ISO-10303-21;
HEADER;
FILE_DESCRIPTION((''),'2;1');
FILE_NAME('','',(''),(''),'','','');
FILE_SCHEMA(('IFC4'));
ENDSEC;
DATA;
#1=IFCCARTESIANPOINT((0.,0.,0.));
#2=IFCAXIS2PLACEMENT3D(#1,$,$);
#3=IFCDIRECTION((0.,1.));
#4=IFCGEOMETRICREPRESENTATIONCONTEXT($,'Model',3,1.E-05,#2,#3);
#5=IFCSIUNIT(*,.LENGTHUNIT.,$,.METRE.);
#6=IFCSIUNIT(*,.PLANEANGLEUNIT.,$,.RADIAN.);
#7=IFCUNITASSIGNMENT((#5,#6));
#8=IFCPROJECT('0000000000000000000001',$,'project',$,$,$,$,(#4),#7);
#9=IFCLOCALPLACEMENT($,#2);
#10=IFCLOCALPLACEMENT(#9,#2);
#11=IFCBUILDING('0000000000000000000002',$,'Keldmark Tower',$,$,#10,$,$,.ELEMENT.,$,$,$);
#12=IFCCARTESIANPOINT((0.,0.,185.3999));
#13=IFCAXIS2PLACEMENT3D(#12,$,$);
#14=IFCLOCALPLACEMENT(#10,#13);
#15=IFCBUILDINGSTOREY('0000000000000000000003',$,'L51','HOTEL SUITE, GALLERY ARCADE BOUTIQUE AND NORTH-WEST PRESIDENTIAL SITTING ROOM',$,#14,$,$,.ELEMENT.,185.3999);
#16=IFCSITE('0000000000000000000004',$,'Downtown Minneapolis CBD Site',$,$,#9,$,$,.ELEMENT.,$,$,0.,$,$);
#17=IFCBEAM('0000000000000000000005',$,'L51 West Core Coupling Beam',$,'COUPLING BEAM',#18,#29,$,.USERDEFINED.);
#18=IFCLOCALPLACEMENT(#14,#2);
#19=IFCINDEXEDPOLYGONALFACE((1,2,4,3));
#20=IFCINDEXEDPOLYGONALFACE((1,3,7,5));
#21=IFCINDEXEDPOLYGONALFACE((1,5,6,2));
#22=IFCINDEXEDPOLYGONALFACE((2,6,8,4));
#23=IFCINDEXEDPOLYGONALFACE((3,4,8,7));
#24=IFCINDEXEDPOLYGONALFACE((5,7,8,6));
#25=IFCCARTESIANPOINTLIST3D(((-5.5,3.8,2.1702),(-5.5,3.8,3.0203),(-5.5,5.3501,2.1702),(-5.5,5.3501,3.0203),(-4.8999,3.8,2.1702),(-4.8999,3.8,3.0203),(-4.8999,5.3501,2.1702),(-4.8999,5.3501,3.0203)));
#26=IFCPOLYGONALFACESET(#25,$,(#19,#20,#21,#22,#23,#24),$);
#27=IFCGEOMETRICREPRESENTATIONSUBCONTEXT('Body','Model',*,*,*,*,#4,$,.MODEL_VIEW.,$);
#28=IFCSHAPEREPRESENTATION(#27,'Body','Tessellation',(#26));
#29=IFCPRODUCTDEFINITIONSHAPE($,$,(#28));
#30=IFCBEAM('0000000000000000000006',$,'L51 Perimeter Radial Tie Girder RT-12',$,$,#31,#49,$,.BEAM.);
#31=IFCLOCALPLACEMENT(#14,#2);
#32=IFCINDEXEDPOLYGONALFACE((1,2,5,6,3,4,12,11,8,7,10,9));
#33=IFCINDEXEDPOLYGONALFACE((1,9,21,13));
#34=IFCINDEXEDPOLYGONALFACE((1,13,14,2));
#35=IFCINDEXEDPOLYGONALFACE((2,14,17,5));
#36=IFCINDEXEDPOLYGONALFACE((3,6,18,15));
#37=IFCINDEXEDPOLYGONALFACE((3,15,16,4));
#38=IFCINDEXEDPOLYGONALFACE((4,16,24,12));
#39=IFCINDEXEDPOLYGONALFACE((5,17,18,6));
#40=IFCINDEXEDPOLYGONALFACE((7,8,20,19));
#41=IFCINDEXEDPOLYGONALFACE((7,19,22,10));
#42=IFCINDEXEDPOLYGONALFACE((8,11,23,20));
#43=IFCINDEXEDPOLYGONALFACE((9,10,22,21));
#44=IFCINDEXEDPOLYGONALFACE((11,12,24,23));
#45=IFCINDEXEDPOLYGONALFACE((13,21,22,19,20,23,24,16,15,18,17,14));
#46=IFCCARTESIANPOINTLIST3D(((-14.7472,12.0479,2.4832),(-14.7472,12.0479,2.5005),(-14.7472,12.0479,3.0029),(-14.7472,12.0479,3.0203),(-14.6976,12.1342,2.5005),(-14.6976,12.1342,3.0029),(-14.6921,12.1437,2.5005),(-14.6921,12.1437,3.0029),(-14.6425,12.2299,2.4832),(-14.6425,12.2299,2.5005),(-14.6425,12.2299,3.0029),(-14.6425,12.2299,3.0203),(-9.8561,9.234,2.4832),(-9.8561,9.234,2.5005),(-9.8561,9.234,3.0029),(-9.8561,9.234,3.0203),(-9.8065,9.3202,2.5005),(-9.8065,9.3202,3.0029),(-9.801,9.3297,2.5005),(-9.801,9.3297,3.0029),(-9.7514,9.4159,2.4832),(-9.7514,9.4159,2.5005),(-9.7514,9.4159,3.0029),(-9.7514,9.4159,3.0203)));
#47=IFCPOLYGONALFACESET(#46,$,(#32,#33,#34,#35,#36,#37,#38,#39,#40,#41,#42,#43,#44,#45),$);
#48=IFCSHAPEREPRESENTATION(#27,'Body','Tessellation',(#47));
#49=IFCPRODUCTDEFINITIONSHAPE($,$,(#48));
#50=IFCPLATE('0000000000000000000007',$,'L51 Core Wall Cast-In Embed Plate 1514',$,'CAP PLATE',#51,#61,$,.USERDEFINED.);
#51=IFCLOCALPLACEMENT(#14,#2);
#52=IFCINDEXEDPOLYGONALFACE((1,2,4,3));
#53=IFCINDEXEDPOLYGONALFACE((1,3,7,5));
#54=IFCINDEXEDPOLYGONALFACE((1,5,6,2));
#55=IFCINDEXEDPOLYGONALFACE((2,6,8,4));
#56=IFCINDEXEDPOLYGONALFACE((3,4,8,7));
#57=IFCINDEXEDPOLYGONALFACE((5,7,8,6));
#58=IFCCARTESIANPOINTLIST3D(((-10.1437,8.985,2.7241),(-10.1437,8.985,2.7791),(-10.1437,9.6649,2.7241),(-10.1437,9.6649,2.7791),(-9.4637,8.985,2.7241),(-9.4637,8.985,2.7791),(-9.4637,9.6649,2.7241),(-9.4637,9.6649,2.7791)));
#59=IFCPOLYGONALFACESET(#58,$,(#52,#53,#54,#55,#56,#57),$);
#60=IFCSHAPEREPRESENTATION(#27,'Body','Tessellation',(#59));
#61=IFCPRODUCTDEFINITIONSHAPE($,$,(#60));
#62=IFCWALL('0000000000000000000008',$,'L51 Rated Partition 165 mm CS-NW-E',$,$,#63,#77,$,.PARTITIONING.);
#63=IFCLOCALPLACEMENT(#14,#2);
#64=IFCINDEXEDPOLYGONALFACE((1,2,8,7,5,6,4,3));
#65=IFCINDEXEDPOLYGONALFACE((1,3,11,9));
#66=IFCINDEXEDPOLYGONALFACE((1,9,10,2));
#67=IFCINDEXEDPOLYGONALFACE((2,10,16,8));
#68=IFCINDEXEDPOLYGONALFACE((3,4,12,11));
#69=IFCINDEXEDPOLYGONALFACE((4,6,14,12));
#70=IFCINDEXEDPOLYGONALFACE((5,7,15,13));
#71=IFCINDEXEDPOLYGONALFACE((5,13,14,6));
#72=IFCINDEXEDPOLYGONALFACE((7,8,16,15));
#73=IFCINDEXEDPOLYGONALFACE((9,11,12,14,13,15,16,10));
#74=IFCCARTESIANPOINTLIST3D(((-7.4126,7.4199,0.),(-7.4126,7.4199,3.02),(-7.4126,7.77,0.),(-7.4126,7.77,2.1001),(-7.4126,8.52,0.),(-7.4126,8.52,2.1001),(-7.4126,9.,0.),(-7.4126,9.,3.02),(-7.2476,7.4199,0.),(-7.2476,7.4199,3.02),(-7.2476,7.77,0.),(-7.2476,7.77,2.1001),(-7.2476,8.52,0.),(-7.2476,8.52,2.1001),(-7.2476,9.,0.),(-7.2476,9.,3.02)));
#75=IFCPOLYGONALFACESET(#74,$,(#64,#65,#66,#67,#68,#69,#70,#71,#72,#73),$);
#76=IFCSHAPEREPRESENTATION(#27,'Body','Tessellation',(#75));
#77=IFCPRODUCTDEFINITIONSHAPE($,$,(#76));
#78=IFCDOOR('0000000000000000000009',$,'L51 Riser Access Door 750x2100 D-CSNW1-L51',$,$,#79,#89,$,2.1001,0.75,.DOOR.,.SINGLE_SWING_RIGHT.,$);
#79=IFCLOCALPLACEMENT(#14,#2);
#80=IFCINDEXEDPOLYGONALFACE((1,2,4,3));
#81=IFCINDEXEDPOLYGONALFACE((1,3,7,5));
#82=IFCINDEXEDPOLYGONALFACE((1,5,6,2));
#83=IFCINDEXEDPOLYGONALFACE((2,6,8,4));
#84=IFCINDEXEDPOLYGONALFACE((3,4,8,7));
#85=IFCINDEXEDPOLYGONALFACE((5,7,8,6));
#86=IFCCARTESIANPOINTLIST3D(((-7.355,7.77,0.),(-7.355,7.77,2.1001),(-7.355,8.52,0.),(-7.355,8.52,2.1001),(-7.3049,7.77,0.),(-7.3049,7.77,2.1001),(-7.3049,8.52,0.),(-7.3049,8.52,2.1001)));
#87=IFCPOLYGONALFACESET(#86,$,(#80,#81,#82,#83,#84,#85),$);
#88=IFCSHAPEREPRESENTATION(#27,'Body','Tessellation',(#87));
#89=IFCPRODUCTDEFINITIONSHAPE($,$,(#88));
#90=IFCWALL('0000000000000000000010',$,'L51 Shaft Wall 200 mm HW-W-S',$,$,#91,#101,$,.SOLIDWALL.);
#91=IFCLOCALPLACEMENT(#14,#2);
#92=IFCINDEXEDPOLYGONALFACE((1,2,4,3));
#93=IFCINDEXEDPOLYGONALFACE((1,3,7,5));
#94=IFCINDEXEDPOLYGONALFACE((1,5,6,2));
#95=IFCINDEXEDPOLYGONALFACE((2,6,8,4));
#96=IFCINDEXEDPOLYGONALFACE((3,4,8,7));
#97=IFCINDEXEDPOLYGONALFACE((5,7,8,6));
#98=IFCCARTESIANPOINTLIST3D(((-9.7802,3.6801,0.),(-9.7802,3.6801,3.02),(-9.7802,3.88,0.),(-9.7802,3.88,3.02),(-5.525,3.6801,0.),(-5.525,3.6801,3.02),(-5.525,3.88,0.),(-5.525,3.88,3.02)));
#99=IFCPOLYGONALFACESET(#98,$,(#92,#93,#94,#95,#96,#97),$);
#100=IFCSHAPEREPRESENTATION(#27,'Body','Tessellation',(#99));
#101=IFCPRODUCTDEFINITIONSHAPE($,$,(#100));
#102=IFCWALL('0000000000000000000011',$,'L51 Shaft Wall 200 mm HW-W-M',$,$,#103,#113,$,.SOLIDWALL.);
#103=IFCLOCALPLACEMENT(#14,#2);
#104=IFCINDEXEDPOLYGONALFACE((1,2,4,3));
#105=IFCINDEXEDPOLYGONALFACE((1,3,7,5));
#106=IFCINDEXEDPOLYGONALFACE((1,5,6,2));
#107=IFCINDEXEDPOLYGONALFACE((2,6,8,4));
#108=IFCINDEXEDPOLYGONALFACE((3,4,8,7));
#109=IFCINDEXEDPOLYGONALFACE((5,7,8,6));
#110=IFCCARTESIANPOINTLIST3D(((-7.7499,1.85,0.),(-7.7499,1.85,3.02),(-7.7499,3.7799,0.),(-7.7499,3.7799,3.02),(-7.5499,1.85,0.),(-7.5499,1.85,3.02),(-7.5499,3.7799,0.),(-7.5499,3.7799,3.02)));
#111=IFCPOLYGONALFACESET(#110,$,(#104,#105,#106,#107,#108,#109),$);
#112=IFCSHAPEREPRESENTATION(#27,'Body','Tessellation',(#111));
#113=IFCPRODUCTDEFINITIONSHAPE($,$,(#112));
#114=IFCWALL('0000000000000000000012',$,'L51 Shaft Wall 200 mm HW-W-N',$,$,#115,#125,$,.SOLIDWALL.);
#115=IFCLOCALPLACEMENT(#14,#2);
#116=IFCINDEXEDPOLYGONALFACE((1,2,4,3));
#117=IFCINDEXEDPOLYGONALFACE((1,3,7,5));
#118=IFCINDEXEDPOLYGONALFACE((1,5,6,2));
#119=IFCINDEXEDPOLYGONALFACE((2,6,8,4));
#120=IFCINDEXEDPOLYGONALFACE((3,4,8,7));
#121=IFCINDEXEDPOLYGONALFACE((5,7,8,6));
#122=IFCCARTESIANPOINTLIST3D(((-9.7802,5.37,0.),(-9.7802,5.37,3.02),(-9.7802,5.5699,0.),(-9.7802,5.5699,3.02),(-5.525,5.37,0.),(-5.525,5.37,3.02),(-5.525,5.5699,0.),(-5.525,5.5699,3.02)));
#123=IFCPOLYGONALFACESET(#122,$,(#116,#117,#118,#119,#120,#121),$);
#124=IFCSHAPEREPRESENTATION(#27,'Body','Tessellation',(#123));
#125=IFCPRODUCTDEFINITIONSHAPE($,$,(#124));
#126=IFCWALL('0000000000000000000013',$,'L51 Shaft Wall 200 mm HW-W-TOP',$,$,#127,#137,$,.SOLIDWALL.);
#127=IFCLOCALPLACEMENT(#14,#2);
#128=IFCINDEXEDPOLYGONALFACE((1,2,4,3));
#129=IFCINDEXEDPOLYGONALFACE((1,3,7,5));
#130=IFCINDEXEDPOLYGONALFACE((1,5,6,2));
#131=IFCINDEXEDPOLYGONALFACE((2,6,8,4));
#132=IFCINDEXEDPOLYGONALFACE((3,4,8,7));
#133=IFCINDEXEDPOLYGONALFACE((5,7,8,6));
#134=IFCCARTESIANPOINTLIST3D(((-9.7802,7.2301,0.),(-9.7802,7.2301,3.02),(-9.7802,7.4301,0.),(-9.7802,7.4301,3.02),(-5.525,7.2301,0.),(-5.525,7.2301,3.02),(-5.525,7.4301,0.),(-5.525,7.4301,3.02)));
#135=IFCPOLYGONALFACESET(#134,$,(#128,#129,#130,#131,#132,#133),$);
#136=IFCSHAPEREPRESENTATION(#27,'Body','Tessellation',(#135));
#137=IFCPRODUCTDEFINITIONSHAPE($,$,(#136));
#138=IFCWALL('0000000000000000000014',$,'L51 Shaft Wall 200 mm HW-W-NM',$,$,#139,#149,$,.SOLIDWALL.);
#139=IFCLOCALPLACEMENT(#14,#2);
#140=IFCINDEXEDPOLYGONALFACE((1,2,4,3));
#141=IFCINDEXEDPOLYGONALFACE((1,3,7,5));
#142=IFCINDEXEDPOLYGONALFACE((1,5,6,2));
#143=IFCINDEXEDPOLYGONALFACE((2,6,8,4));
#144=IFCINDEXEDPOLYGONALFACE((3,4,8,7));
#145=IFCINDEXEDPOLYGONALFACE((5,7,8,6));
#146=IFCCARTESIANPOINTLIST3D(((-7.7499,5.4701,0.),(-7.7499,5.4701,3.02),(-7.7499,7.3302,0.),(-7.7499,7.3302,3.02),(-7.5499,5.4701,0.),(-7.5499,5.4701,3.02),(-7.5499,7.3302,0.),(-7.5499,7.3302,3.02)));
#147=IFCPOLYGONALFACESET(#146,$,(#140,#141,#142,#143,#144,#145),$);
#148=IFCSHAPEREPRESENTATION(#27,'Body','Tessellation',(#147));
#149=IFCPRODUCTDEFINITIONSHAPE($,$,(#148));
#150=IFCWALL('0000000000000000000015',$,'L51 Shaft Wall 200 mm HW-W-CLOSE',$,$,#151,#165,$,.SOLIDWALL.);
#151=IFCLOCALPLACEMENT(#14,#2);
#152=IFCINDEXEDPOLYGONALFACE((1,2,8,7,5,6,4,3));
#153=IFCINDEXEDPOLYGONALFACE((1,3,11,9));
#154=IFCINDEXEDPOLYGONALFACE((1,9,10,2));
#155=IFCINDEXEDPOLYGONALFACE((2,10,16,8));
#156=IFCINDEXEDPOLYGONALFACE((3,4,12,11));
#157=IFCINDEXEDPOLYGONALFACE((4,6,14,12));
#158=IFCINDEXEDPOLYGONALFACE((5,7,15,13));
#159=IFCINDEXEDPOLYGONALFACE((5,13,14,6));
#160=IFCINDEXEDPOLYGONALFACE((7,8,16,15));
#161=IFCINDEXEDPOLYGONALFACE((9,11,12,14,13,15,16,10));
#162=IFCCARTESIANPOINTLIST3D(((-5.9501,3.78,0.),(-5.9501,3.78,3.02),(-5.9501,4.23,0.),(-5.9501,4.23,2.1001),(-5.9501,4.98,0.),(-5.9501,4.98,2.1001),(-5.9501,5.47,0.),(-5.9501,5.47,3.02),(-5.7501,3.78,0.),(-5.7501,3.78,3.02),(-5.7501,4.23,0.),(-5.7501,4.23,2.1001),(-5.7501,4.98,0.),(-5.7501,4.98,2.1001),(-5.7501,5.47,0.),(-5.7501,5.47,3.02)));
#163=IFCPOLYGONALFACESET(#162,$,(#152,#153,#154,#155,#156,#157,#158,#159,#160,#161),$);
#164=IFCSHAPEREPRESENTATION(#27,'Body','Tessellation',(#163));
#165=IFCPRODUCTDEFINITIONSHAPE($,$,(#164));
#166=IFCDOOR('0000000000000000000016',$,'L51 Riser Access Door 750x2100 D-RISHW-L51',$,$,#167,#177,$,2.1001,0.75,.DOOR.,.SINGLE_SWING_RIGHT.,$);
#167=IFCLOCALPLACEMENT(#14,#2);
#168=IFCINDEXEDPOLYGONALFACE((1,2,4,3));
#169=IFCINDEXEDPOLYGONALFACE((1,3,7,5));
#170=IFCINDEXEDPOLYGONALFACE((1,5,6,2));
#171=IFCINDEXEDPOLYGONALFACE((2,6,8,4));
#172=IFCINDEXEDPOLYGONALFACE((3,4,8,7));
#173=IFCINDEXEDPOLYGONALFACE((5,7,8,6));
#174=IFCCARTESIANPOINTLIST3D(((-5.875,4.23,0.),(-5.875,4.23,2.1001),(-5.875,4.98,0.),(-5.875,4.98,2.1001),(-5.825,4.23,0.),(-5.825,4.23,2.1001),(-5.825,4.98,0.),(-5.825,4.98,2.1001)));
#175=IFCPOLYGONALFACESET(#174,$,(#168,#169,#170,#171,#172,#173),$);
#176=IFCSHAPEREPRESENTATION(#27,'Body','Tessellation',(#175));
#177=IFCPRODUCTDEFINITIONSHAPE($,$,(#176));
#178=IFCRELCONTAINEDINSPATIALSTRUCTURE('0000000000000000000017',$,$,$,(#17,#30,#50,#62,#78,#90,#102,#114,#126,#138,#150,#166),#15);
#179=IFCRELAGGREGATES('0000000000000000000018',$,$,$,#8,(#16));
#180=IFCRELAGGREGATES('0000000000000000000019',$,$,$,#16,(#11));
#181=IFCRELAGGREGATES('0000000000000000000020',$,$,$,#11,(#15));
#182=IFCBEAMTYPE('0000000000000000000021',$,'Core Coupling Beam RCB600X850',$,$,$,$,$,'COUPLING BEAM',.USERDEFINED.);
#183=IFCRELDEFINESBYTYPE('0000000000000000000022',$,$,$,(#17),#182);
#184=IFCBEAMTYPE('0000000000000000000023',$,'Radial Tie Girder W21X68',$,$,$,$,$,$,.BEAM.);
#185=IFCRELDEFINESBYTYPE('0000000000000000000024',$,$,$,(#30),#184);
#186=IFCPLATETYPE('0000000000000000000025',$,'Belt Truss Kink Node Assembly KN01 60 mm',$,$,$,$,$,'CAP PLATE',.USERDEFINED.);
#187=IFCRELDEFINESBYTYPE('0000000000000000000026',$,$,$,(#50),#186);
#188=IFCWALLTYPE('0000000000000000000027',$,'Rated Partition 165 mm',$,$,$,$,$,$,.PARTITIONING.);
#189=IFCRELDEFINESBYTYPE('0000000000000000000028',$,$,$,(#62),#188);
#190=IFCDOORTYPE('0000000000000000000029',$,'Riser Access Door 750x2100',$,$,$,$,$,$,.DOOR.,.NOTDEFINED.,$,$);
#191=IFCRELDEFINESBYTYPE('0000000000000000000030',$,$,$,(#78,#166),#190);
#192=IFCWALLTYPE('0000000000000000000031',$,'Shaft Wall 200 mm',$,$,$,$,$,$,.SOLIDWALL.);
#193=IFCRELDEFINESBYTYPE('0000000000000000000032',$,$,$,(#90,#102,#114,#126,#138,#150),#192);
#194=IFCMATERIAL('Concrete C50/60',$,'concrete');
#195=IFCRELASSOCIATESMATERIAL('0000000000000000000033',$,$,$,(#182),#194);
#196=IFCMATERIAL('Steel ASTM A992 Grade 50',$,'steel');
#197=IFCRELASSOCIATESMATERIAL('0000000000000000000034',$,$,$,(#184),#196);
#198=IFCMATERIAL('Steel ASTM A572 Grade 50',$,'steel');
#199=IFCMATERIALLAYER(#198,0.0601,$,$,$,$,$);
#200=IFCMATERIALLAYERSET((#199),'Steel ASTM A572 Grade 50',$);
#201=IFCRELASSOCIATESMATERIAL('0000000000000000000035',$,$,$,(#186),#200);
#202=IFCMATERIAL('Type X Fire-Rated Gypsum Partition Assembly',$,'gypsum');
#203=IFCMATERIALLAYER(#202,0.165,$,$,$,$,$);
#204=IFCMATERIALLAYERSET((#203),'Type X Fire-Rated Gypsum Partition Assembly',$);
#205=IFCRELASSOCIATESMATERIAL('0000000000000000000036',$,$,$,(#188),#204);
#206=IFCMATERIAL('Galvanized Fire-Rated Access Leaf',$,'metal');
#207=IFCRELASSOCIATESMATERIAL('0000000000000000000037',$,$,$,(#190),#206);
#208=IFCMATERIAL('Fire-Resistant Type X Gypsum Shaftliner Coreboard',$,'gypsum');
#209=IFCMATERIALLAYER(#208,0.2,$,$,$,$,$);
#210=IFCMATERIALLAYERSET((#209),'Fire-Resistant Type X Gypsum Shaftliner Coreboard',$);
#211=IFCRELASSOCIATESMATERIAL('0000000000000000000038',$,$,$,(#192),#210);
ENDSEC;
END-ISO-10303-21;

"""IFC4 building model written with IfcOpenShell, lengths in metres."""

from ifc_helpers import new_model, si_unit, direction, frame, frame_2d, origin, origin_2d, place, context, subcontext, project, spatial, rectangle, i_section, extrude, material, layer, layer_set, material_profile, profile_set, type_object, element, fill, save


model = new_model("IFC4")

# Units and contexts
model_context = context("Model", 3, precision=1e-05, world=origin(), true_north=direction((0.0, 1.0)))
body_context = subcontext(model_context, "Body", "Model", "MODEL_VIEW")
ifc_project = project(units=[si_unit("LENGTHUNIT", "METRE"), si_unit("PLANEANGLEUNIT", "RADIAN")], contexts=[model_context])

# Site, building, storey
site_placement = place(None, origin())
site = spatial("IfcSite", under=ifc_project, at=site_placement, Name="Downtown Minneapolis CBD Site", CompositionType="ELEMENT", RefElevation=0.0)
building_placement = place(site_placement, origin())
building = spatial("IfcBuilding", under=site, at=building_placement, Name="Keldmark Tower", CompositionType="ELEMENT")
storey_placement = place(building_placement, frame((0.0, 0.0, 185.3999)))
storey = spatial("IfcBuildingStorey", under=building, at=storey_placement, Name="L51", Description="HOTEL SUITE, GALLERY ARCADE BOUTIQUE AND NORTH-WEST PRESIDENTIAL SITTING ROOM", CompositionType="ELEMENT", Elevation=185.3999)

# Beams
ifc_material_1 = material(Name="Concrete C50/60", Category="concrete")
ifc_material_profile_1 = material_profile(ifc_material_1, rectangle(XDim=0.6001, YDim=0.8501, at=origin_2d()), Name="RCB600X850")
ifc_profile_set_1 = profile_set([ifc_material_profile_1], Name="Concrete C50/60")
beam_type_1 = type_object("IfcBeamType", Name="Core Coupling Beam RCB600X850", ElementType="COUPLING BEAM", PredefinedType="USERDEFINED", material=ifc_profile_set_1)
beam_1_placement = place(storey_placement, frame((-5.2, 3.8, 2.5952), z_axis=(0.0, 1.0, 0.0), x_axis=(-1.0, 0.0, 0.0)))
element("IfcBeam", 1, at=beam_1_placement, inside=storey, type_object=beam_type_1, Name="L51 West Core Coupling Beam", ObjectType="COUPLING BEAM", PredefinedType="USERDEFINED", context=body_context, shape_type="SweptSolid", body=[
    extrude(rectangle(XDim=0.6001, YDim=0.8501, at=origin_2d()), origin(), (0.0, 0.0, 1.0), 1.55),
])
ifc_material_2 = material(Name="Steel ASTM A992 Grade 50", Category="steel")
ifc_material_profile_2 = material_profile(ifc_material_2, i_section(OverallWidth=0.21, OverallDepth=0.5371, WebThickness=0.011, FlangeThickness=0.0173, at=origin_2d()), Name="W21X68")
ifc_profile_set_2 = profile_set([ifc_material_profile_2], Name="Steel ASTM A992 Grade 50")
beam_type_2 = type_object("IfcBeamType", Name="Radial Tie Girder W21X68", PredefinedType="BEAM", material=ifc_profile_set_2)
beam_2_placement = place(storey_placement, frame((-9.8037, 9.325, 2.7517), z_axis=(-0.866786, 0.498681, 0.0), x_axis=(-0.498681, -0.866786, 0.0)))
element("IfcBeam", 2, at=beam_2_placement, inside=storey, type_object=beam_type_2, Name="L51 Perimeter Radial Tie Girder RT-12", PredefinedType="BEAM", context=body_context, shape_type="SweptSolid", body=[
    extrude(i_section(OverallWidth=0.21, OverallDepth=0.5371, WebThickness=0.011, FlangeThickness=0.0173, at=origin_2d()), origin(), (0.0, 0.0, 1.0), 5.6428),
])

# Plate
ifc_material_3 = material(Name="Steel ASTM A572 Grade 50", Category="steel")
ifc_layer_1 = layer(ifc_material_3, 0.0601)
ifc_layer_set_1 = layer_set([ifc_layer_1], Name="Steel ASTM A572 Grade 50")
plate_type = type_object("IfcPlateType", Name="Belt Truss Kink Node Assembly KN01 60 mm", ElementType="CAP PLATE", PredefinedType="USERDEFINED", material=ifc_layer_set_1)
plate_placement = place(storey_placement, frame((-9.8037, 9.325, 2.7241), z_axis=(0.0, 0.0, 1.0), x_axis=(1.0, 0.0, 0.0)))
element("IfcPlate", 3, at=plate_placement, inside=storey, type_object=plate_type, Name="L51 Core Wall Cast-In Embed Plate 1514", ObjectType="CAP PLATE", PredefinedType="USERDEFINED", context=body_context, shape_type="SweptSolid", body=[
    extrude(rectangle(XDim=0.6799, YDim=0.6799, at=origin_2d()), origin(), (0.0, 0.0, 1.0), 0.0549),
])

# Wall, opening, door
ifc_material_4 = material(Name="Type X Fire-Rated Gypsum Partition Assembly", Category="gypsum")
ifc_layer_2 = layer(ifc_material_4, 0.165)
ifc_layer_set_2 = layer_set([ifc_layer_2], Name="Type X Fire-Rated Gypsum Partition Assembly")
wall_type_1 = type_object("IfcWallType", Name="Rated Partition 165 mm", PredefinedType="PARTITIONING", material=ifc_layer_set_2)
wall_1_placement = place(storey_placement, frame((-7.3301, 7.4199, 0.0), z_axis=(0.0, 0.0, 1.0), x_axis=(0.0, 1.0, 0.0)))
wall_1 = element("IfcWall", 4, at=wall_1_placement, inside=storey, type_object=wall_type_1, Name="L51 Rated Partition 165 mm CS-NW-E", PredefinedType="PARTITIONING", context=body_context, shape_type="SweptSolid", body=[
    extrude(rectangle(XDim=1.5801, YDim=0.165, at=frame_2d((0.79, 0.0))), origin(), (0.0, 0.0, 1.0), 3.02),
])
opening_1_placement = place(wall_1_placement, frame((0.3501, 0.0, 0.0)))
opening_1 = element("IfcOpeningElement", 5, at=opening_1_placement, cuts=wall_1, PredefinedType="OPENING", context=body_context, shape_type="SweptSolid", body=[
    extrude(rectangle(XDim=0.75, YDim=2.1001, at=frame_2d((0.375, 1.05))), frame((0.0, 0.0925, 0.0), z_axis=(0.0, -1.0, 0.0), x_axis=(1.0, 0.0, 0.0)), (0.0, 0.0, 1.0), 0.1851),
])
ifc_material_5 = material(Name="Galvanized Fire-Rated Access Leaf", Category="metal")
door_type = type_object("IfcDoorType", Name="Riser Access Door 750x2100", OperationType="NOTDEFINED", PredefinedType="DOOR", material=ifc_material_5)
door_1_placement = place(opening_1_placement, origin())
door_1 = element("IfcDoor", 6, at=door_1_placement, inside=storey, type_object=door_type, Name="L51 Riser Access Door 750x2100 D-CSNW1-L51", OperationType="SINGLE_SWING_RIGHT", OverallHeight=2.1001, OverallWidth=0.75, PredefinedType="DOOR", context=body_context, shape_type="SweptSolid", body=[
    extrude(rectangle(XDim=0.75, YDim=2.1001, at=frame_2d((0.375, 1.05))), frame((0.0, 0.0249, 0.0), z_axis=(0.0, -1.0, 0.0), x_axis=(1.0, 0.0, 0.0)), (0.0, 0.0, 1.0), 0.05),
])
fill(opening_1, door_1)

# Walls
ifc_material_6 = material(Name="Fire-Resistant Type X Gypsum Shaftliner Coreboard", Category="gypsum")
ifc_layer_3 = layer(ifc_material_6, 0.2)
ifc_layer_set_3 = layer_set([ifc_layer_3], Name="Fire-Resistant Type X Gypsum Shaftliner Coreboard")
wall_type_2 = type_object("IfcWallType", Name="Shaft Wall 200 mm", PredefinedType="SOLIDWALL", material=ifc_layer_set_3)
wall_2_placement = place(storey_placement, frame((-9.78, 3.78, 0.0), z_axis=(0.0, 0.0, 1.0), x_axis=(1.0, 0.0, 0.0)))
element("IfcWall", 7, at=wall_2_placement, inside=storey, type_object=wall_type_2, Name="L51 Shaft Wall 200 mm HW-W-S", PredefinedType="SOLIDWALL", context=body_context, shape_type="SweptSolid", body=[
    extrude(rectangle(XDim=4.2551, YDim=0.2, at=frame_2d((2.1274, 0.0))), origin(), (0.0, 0.0, 1.0), 3.02),
])
wall_3_placement = place(storey_placement, frame((-7.6499, 1.8501, 0.0), z_axis=(0.0, 0.0, 1.0), x_axis=(0.0, 1.0, 0.0)))
element("IfcWall", 8, at=wall_3_placement, inside=storey, type_object=wall_type_2, Name="L51 Shaft Wall 200 mm HW-W-M", PredefinedType="SOLIDWALL", context=body_context, shape_type="SweptSolid", body=[
    extrude(rectangle(XDim=1.9299, YDim=0.2, at=frame_2d((0.9648, 0.0))), origin(), (0.0, 0.0, 1.0), 3.02),
])
for number, where, z_axis, x_axis, name in (
    (9, (-9.78, 5.47, 0.0), (0.0, 0.0, 1.0), (1.0, 0.0, 0.0), "L51 Shaft Wall 200 mm HW-W-N"),
    (10, (-9.78, 7.3301, 0.0), (0.0, 0.0, 1.0), (1.0, 0.0, 0.0), "L51 Shaft Wall 200 mm HW-W-TOP"),
):
    element("IfcWall", number, at=place(storey_placement, frame(where, z_axis=z_axis, x_axis=x_axis)), inside=storey, type_object=wall_type_2, Name=name, PredefinedType="SOLIDWALL", context=body_context, shape_type="SweptSolid", body=[
        extrude(rectangle(XDim=4.2551, YDim=0.2, at=frame_2d((2.1274, 0.0))), origin(), (0.0, 0.0, 1.0), 3.02),
    ])
wall_4_placement = place(storey_placement, frame((-7.6499, 5.47, 0.0), z_axis=(0.0, 0.0, 1.0), x_axis=(0.0, 1.0, 0.0)))
element("IfcWall", 11, at=wall_4_placement, inside=storey, type_object=wall_type_2, Name="L51 Shaft Wall 200 mm HW-W-NM", PredefinedType="SOLIDWALL", context=body_context, shape_type="SweptSolid", body=[
    extrude(rectangle(XDim=1.8601, YDim=0.2, at=frame_2d((0.9302, 0.0))), origin(), (0.0, 0.0, 1.0), 3.02),
])

# Wall, opening, door
wall_5_placement = place(storey_placement, frame((-5.8501, 3.78, 0.0), z_axis=(0.0, 0.0, 1.0), x_axis=(0.0, 1.0, 0.0)))
wall_5 = element("IfcWall", 12, at=wall_5_placement, inside=storey, type_object=wall_type_2, Name="L51 Shaft Wall 200 mm HW-W-CLOSE", PredefinedType="SOLIDWALL", context=body_context, shape_type="SweptSolid", body=[
    extrude(rectangle(XDim=1.6899, YDim=0.2, at=frame_2d((0.845, 0.0))), origin(), (0.0, 0.0, 1.0), 3.02),
])
opening_2_placement = place(wall_5_placement, frame((0.45, 0.0, 0.0)))
opening_2 = element("IfcOpeningElement", 13, at=opening_2_placement, cuts=wall_5, PredefinedType="OPENING", context=body_context, shape_type="SweptSolid", body=[
    extrude(rectangle(XDim=0.75, YDim=2.1001, at=frame_2d((0.375, 1.05))), frame((0.0, 0.1099, 0.0), z_axis=(0.0, -1.0, 0.0), x_axis=(1.0, 0.0, 0.0)), (0.0, 0.0, 1.0), 0.22),
])
door_2_placement = place(opening_2_placement, origin())
door_2 = element("IfcDoor", 14, at=door_2_placement, inside=storey, type_object=door_type, Name="L51 Riser Access Door 750x2100 D-RISHW-L51", OperationType="SINGLE_SWING_RIGHT", OverallHeight=2.1001, OverallWidth=0.75, PredefinedType="DOOR", context=body_context, shape_type="SweptSolid", body=[
    extrude(rectangle(XDim=0.75, YDim=2.1001, at=frame_2d((0.375, 1.05))), frame((0.0, 0.0249, 0.0), z_axis=(0.0, -1.0, 0.0), x_axis=(1.0, 0.0, 0.0)), (0.0, 0.0, 1.0), 0.05),
])
fill(opening_2, door_2)

save(model, "model.ifc")
